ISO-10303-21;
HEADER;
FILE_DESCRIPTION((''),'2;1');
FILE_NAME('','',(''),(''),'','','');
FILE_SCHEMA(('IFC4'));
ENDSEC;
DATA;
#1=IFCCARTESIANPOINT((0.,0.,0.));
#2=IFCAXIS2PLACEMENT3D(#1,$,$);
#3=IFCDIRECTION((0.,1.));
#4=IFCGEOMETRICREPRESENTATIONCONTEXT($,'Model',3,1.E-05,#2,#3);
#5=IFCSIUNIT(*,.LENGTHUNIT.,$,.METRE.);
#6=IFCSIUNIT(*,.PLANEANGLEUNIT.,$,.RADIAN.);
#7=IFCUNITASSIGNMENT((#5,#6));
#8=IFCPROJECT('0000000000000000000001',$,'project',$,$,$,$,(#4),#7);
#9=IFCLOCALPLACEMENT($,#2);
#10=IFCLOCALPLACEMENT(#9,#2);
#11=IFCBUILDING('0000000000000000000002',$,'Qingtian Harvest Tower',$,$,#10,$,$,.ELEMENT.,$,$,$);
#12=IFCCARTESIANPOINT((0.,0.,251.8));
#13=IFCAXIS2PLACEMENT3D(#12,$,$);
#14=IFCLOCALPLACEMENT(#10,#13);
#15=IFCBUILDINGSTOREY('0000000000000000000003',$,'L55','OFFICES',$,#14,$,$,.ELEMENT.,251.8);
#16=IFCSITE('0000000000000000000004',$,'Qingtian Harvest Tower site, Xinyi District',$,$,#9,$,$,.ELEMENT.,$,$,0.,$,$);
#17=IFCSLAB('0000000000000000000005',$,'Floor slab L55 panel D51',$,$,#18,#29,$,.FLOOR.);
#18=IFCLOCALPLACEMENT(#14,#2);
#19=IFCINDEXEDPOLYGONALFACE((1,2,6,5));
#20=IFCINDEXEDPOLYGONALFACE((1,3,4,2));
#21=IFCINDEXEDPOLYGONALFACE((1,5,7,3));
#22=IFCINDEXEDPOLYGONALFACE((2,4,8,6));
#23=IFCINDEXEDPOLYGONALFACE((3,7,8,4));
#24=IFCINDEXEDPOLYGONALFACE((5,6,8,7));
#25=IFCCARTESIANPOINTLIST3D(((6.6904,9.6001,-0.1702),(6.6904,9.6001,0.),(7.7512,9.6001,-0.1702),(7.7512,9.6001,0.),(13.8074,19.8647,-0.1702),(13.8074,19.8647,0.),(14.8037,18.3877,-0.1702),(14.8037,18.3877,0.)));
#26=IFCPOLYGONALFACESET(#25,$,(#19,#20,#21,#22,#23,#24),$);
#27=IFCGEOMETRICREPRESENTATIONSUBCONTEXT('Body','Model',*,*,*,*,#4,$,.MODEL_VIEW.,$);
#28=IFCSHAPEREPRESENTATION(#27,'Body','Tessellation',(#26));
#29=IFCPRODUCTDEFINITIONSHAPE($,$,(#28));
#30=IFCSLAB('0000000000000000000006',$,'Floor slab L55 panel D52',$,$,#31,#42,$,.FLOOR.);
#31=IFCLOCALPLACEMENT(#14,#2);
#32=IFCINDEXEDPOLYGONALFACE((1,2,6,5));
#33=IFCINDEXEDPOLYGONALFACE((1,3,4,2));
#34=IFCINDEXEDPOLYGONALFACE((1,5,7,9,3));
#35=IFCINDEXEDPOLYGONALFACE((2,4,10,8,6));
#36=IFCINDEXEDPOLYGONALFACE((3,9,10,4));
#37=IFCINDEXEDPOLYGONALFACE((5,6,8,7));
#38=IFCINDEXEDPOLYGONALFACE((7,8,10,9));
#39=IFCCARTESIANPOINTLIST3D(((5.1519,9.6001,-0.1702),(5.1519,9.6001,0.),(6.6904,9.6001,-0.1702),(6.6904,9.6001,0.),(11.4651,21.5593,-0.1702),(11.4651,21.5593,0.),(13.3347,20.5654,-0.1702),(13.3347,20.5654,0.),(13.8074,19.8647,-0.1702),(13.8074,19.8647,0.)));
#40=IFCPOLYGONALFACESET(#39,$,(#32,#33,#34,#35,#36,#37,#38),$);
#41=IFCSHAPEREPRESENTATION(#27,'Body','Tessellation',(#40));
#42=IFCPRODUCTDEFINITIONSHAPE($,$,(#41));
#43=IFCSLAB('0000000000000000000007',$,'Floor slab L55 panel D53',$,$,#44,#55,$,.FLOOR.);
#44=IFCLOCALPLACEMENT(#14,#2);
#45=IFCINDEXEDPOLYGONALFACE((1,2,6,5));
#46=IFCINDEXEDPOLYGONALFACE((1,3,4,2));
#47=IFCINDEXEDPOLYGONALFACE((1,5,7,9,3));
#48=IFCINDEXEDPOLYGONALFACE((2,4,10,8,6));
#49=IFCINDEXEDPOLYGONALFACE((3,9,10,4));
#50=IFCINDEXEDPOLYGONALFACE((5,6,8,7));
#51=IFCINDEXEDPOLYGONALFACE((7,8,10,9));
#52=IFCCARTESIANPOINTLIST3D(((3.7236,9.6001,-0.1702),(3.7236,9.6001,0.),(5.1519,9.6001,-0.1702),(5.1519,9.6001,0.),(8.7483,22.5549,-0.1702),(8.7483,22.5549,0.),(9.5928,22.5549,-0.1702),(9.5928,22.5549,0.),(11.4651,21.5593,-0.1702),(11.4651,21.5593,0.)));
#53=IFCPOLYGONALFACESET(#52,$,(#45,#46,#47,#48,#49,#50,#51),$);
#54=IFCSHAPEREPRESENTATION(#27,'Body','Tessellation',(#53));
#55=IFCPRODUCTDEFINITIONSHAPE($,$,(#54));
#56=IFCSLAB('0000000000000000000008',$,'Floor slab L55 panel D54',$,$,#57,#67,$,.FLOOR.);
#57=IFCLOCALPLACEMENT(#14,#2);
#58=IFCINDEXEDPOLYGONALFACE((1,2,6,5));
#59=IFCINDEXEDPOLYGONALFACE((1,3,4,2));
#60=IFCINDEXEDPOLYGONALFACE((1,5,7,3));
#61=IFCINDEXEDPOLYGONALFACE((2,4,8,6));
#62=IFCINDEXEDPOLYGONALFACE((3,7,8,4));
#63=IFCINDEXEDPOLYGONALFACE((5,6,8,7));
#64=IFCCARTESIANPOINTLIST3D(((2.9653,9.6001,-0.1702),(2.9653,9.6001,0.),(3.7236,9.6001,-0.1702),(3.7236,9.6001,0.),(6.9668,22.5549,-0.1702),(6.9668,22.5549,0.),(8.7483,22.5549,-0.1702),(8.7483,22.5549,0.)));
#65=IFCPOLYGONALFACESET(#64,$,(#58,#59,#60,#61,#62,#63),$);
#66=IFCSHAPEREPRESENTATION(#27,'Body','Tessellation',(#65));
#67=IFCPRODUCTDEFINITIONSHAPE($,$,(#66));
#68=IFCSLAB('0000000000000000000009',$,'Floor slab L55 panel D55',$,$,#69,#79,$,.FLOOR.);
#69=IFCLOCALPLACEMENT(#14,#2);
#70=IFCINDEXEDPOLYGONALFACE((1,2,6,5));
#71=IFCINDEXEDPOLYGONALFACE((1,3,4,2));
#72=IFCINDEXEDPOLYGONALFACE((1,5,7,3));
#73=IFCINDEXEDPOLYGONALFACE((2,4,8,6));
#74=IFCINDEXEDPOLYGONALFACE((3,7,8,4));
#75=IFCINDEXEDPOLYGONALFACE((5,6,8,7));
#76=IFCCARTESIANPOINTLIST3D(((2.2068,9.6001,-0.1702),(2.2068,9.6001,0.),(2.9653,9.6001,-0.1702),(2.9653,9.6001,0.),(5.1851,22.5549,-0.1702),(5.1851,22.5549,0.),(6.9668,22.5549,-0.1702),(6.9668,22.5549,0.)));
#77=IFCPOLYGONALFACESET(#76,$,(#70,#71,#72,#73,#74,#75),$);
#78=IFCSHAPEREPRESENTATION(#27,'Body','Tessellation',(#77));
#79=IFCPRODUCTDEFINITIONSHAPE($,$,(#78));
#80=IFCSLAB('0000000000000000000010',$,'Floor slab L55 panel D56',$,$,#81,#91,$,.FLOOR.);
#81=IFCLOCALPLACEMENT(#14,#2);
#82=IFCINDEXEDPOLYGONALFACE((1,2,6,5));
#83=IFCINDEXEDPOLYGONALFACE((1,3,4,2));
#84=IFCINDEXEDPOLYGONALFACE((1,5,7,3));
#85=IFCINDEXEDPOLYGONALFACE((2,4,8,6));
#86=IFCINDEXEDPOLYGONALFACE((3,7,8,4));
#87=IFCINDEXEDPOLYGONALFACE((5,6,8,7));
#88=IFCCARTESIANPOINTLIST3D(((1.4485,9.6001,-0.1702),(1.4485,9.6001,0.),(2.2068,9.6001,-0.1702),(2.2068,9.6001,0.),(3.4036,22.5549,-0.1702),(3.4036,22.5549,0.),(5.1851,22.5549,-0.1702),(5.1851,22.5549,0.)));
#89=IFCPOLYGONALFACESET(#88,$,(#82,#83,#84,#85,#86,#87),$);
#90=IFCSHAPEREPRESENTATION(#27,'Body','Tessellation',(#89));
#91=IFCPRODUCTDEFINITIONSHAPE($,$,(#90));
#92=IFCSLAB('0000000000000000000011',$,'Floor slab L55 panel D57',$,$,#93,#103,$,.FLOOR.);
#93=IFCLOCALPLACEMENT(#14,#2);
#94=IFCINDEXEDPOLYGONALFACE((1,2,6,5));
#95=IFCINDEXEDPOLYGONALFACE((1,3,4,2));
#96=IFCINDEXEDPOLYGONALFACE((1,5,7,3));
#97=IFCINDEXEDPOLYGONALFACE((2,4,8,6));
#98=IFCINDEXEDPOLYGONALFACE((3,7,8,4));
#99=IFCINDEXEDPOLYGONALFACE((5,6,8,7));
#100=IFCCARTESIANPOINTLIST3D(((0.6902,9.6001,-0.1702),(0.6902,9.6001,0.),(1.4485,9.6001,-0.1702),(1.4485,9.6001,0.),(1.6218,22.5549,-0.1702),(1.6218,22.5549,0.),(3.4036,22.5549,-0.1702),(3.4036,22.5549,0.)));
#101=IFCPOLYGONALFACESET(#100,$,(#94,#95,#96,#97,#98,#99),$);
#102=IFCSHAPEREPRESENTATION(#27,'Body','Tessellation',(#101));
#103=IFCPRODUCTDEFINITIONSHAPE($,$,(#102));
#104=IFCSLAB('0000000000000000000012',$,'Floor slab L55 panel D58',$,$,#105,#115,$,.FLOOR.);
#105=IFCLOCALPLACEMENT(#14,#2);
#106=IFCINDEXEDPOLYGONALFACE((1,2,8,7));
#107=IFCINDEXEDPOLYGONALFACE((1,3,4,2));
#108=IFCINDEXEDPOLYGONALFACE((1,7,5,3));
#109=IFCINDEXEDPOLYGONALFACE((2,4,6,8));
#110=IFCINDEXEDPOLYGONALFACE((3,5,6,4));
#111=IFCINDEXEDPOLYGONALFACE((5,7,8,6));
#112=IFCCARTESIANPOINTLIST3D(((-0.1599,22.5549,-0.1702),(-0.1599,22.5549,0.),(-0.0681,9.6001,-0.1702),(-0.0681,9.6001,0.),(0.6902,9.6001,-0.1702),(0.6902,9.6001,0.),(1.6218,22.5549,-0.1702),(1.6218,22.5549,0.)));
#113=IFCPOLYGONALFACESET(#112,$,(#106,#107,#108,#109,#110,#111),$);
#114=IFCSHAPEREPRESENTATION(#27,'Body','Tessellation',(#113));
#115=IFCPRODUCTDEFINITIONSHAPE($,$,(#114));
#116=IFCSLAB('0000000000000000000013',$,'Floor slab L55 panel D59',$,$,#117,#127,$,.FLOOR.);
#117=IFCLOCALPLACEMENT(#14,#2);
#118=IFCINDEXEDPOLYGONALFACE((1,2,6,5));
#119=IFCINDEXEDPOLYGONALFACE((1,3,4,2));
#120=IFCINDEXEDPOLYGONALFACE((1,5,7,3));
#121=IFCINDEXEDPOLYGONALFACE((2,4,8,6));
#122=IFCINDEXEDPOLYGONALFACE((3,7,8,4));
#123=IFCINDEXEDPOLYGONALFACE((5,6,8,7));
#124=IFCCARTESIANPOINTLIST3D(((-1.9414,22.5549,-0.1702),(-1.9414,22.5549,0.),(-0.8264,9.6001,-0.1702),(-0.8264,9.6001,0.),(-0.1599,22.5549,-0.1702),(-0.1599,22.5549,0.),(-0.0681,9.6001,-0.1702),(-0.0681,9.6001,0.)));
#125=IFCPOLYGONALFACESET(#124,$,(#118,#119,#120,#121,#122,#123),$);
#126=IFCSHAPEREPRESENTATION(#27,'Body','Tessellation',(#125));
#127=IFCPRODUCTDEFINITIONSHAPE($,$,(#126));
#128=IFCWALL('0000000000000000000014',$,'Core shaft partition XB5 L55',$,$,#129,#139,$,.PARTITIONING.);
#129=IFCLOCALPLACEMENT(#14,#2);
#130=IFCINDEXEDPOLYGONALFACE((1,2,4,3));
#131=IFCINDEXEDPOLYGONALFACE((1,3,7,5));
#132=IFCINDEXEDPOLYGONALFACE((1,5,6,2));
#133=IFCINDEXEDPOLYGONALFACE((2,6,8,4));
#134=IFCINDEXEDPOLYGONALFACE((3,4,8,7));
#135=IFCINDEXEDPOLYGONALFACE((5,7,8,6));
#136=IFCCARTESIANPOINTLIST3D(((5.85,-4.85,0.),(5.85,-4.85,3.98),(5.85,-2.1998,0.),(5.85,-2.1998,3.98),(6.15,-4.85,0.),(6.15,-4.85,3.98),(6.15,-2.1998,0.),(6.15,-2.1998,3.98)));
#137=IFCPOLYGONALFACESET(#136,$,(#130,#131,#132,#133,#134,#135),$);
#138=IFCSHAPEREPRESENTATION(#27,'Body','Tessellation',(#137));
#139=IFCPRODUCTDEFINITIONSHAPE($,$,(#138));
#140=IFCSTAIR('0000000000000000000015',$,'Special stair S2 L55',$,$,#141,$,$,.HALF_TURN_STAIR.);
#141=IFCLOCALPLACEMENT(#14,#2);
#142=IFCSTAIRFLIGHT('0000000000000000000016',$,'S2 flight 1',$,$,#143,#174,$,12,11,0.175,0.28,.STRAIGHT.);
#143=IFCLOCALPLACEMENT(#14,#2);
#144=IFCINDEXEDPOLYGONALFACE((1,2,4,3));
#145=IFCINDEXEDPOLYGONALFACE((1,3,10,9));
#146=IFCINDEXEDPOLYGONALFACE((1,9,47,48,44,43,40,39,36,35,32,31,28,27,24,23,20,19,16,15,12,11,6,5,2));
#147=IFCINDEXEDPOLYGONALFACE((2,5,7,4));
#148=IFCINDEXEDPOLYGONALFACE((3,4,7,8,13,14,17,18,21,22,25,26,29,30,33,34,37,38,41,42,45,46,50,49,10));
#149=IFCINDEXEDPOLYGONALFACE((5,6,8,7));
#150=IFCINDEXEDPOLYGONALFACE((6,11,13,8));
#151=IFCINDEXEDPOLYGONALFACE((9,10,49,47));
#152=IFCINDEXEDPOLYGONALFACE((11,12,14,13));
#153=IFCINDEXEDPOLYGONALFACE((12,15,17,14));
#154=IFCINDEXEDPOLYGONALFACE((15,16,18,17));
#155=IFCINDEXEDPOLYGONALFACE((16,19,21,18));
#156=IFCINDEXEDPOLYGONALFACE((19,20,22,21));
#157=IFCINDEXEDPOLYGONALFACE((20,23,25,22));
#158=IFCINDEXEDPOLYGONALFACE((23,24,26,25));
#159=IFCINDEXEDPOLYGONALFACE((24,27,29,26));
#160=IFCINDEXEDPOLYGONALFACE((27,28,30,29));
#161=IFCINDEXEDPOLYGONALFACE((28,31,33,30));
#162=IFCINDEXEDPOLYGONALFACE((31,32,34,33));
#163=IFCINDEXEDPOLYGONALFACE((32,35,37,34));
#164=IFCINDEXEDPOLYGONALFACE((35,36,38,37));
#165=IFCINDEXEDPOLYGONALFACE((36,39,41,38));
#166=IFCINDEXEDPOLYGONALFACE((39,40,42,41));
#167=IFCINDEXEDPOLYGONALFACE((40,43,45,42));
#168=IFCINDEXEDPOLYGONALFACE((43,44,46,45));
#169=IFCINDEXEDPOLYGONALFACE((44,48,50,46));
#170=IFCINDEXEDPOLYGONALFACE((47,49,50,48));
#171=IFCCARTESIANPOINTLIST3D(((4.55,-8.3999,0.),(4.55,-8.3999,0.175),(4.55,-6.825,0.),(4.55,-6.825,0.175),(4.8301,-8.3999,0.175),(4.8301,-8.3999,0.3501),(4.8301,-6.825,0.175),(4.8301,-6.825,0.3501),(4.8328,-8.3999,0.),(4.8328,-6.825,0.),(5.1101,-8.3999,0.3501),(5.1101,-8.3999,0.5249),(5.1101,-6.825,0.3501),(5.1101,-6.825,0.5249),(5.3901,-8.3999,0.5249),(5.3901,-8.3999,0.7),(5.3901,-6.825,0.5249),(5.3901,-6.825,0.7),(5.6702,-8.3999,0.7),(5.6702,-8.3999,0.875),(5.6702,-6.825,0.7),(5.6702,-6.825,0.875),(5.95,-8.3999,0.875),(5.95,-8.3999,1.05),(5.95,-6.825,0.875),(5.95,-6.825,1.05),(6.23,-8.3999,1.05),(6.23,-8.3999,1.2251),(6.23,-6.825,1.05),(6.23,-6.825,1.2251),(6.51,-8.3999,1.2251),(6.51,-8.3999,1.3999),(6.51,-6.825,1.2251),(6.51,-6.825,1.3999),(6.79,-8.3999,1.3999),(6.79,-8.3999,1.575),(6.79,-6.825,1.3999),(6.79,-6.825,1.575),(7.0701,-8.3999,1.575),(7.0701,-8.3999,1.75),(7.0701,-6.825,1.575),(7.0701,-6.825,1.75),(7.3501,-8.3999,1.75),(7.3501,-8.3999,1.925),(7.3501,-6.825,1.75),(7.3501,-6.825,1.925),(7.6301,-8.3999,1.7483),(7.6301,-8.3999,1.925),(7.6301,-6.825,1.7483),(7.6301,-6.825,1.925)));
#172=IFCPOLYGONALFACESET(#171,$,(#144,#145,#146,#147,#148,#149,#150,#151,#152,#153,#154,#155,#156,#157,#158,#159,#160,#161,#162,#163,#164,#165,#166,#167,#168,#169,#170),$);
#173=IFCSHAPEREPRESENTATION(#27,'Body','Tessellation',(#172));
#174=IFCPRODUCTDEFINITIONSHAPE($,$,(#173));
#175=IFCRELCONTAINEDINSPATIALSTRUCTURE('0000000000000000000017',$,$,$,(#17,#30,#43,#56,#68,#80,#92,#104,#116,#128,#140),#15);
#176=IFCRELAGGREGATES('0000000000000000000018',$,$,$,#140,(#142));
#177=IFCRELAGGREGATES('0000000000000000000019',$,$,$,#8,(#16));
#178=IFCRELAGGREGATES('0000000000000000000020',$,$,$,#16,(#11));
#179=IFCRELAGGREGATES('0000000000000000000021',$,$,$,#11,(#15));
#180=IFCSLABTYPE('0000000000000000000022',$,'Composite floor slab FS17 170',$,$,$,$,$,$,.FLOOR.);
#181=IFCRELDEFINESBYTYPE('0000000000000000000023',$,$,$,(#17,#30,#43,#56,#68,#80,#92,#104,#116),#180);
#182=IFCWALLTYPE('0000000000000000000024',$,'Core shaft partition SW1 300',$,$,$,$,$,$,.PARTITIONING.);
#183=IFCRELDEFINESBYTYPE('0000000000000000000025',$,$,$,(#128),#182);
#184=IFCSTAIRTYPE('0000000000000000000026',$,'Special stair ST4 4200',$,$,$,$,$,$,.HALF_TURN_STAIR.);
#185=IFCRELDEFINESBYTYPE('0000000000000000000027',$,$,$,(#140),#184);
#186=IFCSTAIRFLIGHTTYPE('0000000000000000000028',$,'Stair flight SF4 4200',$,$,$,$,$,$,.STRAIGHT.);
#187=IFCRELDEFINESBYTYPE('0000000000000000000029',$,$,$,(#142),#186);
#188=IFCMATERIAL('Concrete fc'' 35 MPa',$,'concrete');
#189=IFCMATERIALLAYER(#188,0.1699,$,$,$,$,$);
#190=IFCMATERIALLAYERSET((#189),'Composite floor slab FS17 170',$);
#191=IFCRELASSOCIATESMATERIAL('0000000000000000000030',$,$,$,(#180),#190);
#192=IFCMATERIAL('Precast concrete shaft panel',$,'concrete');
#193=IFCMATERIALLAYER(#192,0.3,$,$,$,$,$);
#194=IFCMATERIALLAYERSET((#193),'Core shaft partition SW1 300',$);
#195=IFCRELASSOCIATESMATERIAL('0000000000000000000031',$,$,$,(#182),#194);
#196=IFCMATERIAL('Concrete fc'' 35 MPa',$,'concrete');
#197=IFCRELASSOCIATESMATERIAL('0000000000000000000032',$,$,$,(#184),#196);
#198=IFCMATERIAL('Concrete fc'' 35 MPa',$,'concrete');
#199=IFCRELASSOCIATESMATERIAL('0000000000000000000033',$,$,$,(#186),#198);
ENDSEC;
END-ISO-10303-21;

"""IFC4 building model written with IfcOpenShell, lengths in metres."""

from ifc_helpers import new_model, si_unit, direction, frame, frame_2d, origin, place, context, subcontext, project, spatial, polyline, rectangle, outline, extrude, material, layer, layer_set, type_object, element, aggregate, save


model = new_model("IFC4")

# Units and contexts
model_context = context("Model", 3, precision=1e-05, world=origin(), true_north=direction((0.0, 1.0)))
body_context = subcontext(model_context, "Body", "Model", "MODEL_VIEW")
ifc_project = project(units=[si_unit("LENGTHUNIT", "METRE"), si_unit("PLANEANGLEUNIT", "RADIAN")], contexts=[model_context])

# Site, building, storey
site_placement = place(None, origin())
site = spatial("IfcSite", under=ifc_project, at=site_placement, Name="Qingtian Harvest Tower site, Xinyi District", CompositionType="ELEMENT", RefElevation=0.0)
building_placement = place(site_placement, origin())
building = spatial("IfcBuilding", under=site, at=building_placement, Name="Qingtian Harvest Tower", CompositionType="ELEMENT")
storey_placement = place(building_placement, frame((0.0, 0.0, 251.8)))
storey = spatial("IfcBuildingStorey", under=building, at=storey_placement, Name="L55", Description="OFFICES", CompositionType="ELEMENT", Elevation=251.8)

# Slabs
ifc_material_1 = material(Name="Concrete fc' 35 MPa", Category="concrete")
ifc_layer_1 = layer(ifc_material_1, 0.1699)
ifc_layer_set_1 = layer_set([ifc_layer_1], Name="Composite floor slab FS17 170")
slab_type = type_object("IfcSlabType", Name="Composite floor slab FS17 170", PredefinedType="FLOOR", material=ifc_layer_set_1)
slab_1_placement = place(storey_placement, frame((0.0, 0.0, -0.1702)))
element("IfcSlab", 1, at=slab_1_placement, inside=storey, type_object=slab_type, Name="Floor slab L55 panel D51", PredefinedType="FLOOR", context=body_context, shape_type="SweptSolid", body=[
    extrude(outline(polyline([(6.6904, 9.6001), (13.8074, 19.8647), (14.8037, 18.3877), (7.7512, 9.6001), (6.6904, 9.6001)])), origin(), (0.0, 0.0, 1.0), 0.1702),
])
slab_2_placement = place(storey_placement, frame((0.0, 0.0, -0.1702)))
element("IfcSlab", 2, at=slab_2_placement, inside=storey, type_object=slab_type, Name="Floor slab L55 panel D52", PredefinedType="FLOOR", context=body_context, shape_type="SweptSolid", body=[
    extrude(outline(polyline([(6.6904, 9.6001), (5.1519, 9.6001), (11.4651, 21.5593), (13.3347, 20.5654), (13.8074, 19.8647), (6.6904, 9.6001)])), origin(), (0.0, 0.0, 1.0), 0.1702),
])
slab_3_placement = place(storey_placement, frame((0.0, 0.0, -0.1702)))
element("IfcSlab", 3, at=slab_3_placement, inside=storey, type_object=slab_type, Name="Floor slab L55 panel D53", PredefinedType="FLOOR", context=body_context, shape_type="SweptSolid", body=[
    extrude(outline(polyline([(3.7236, 9.6001), (8.7483, 22.5549), (9.5928, 22.5549), (11.4651, 21.5593), (5.1519, 9.6001), (3.7236, 9.6001)])), origin(), (0.0, 0.0, 1.0), 0.1702),
])
slab_4_placement = place(storey_placement, frame((0.0, 0.0, -0.1702)))
element("IfcSlab", 4, at=slab_4_placement, inside=storey, type_object=slab_type, Name="Floor slab L55 panel D54", PredefinedType="FLOOR", context=body_context, shape_type="SweptSolid", body=[
    extrude(outline(polyline([(2.9653, 9.6001), (6.9668, 22.5549), (8.7483, 22.5549), (3.7236, 9.6001), (2.9653, 9.6001)])), origin(), (0.0, 0.0, 1.0), 0.1702),
])
slab_5_placement = place(storey_placement, frame((0.0, 0.0, -0.1702)))
element("IfcSlab", 5, at=slab_5_placement, inside=storey, type_object=slab_type, Name="Floor slab L55 panel D55", PredefinedType="FLOOR", context=body_context, shape_type="SweptSolid", body=[
    extrude(outline(polyline([(2.2068, 9.6001), (5.1851, 22.5549), (6.9668, 22.5549), (2.9653, 9.6001), (2.2068, 9.6001)])), origin(), (0.0, 0.0, 1.0), 0.1702),
])
slab_6_placement = place(storey_placement, frame((0.0, 0.0, -0.1702)))
element("IfcSlab", 6, at=slab_6_placement, inside=storey, type_object=slab_type, Name="Floor slab L55 panel D56", PredefinedType="FLOOR", context=body_context, shape_type="SweptSolid", body=[
    extrude(outline(polyline([(1.4485, 9.6001), (3.4036, 22.5549), (5.1851, 22.5549), (2.2068, 9.6001), (1.4485, 9.6001)])), origin(), (0.0, 0.0, 1.0), 0.1702),
])
slab_7_placement = place(storey_placement, frame((0.0, 0.0, -0.1702)))
element("IfcSlab", 7, at=slab_7_placement, inside=storey, type_object=slab_type, Name="Floor slab L55 panel D57", PredefinedType="FLOOR", context=body_context, shape_type="SweptSolid", body=[
    extrude(outline(polyline([(0.6902, 9.6001), (1.6218, 22.5549), (3.4036, 22.5549), (1.4485, 9.6001), (0.6902, 9.6001)])), origin(), (0.0, 0.0, 1.0), 0.1702),
])
slab_8_placement = place(storey_placement, frame((0.0, 0.0, -0.1702)))
element("IfcSlab", 8, at=slab_8_placement, inside=storey, type_object=slab_type, Name="Floor slab L55 panel D58", PredefinedType="FLOOR", context=body_context, shape_type="SweptSolid", body=[
    extrude(outline(polyline([(-0.0681, 9.6001), (-0.1599, 22.5549), (1.6218, 22.5549), (0.6902, 9.6001), (-0.0681, 9.6001)])), origin(), (0.0, 0.0, 1.0), 0.1702),
])
slab_9_placement = place(storey_placement, frame((0.0, 0.0, -0.1702)))
element("IfcSlab", 9, at=slab_9_placement, inside=storey, type_object=slab_type, Name="Floor slab L55 panel D59", PredefinedType="FLOOR", context=body_context, shape_type="SweptSolid", body=[
    extrude(outline(polyline([(-0.8264, 9.6001), (-1.9414, 22.5549), (-0.1599, 22.5549), (-0.0681, 9.6001), (-0.8264, 9.6001)])), origin(), (0.0, 0.0, 1.0), 0.1702),
])

# Wall
ifc_material_2 = material(Name="Precast concrete shaft panel", Category="concrete")
ifc_layer_2 = layer(ifc_material_2, 0.3)
ifc_layer_set_2 = layer_set([ifc_layer_2], Name="Core shaft partition SW1 300")
wall_type = type_object("IfcWallType", Name="Core shaft partition SW1 300", PredefinedType="PARTITIONING", material=ifc_layer_set_2)
wall_placement = place(storey_placement, frame((6.0, -4.8501, 0.0), z_axis=(0.0, 0.0, 1.0), x_axis=(0.0, 1.0, 0.0)))
element("IfcWall", 10, at=wall_placement, inside=storey, type_object=wall_type, Name="Core shaft partition XB5 L55", PredefinedType="PARTITIONING", context=body_context, shape_type="SweptSolid", body=[
    extrude(rectangle(XDim=2.6501, YDim=0.3, at=frame_2d((1.3252, 0.0))), origin(), (0.0, 0.0, 1.0), 3.98),
])

# Stair, stair flight
ifc_material_3 = material(Name="Concrete fc' 35 MPa", Category="concrete")
stair_type = type_object("IfcStairType", Name="Special stair ST4 4200", PredefinedType="HALF_TURN_STAIR", material=ifc_material_3)
stair_placement = place(storey_placement, origin())
stair = element("IfcStair", 11, at=stair_placement, inside=storey, type_object=stair_type, Name="Special stair S2 L55", PredefinedType="HALF_TURN_STAIR")
ifc_material_4 = material(Name="Concrete fc' 35 MPa", Category="concrete")
stair_flight_type = type_object("IfcStairFlightType", Name="Stair flight SF4 4200", PredefinedType="STRAIGHT", material=ifc_material_4)
stair_flight_1_placement = place(storey_placement, frame((4.55, -7.6125, 0.0), z_axis=(0.0, 0.0, 1.0), x_axis=(1.0, 0.0, 0.0)))
stair_flight_1 = element("IfcStairFlight", 12, at=stair_flight_1_placement, type_object=stair_flight_type, Name="S2 flight 1", NumberOfRisers=12, NumberOfTreads=11, PredefinedType="STRAIGHT", RiserHeight=0.175, TreadLength=0.28, context=body_context, shape_type="SweptSolid", body=[
    extrude(outline(polyline([(0.0, 0.0), (0.0, 0.175), (0.28, 0.175), (0.28, 0.3501), (0.5601, 0.3501), (0.5601, 0.5249), (0.8401, 0.5249), (0.8401, 0.7), (1.1201, 0.7), (1.1201, 0.875), (1.3999, 0.875), (1.3999, 1.05), (1.6799, 1.05), (1.6799, 1.2251), (1.96, 1.2251), (1.96, 1.3999), (2.24, 1.3999), (2.24, 1.575), (2.52, 1.575), (2.52, 1.75), (2.8, 1.75), (2.8, 1.925), (3.0801, 1.925), (3.0801, 2.1001), (3.0801, 1.7483), (0.2827, 0.0), (0.0, 0.0)])), frame((0.0, 0.7876, 0.0), z_axis=(0.0, -1.0, 0.0), x_axis=(1.0, 0.0, 0.0)), (0.0, 0.0, 1.0), 1.575),
])
aggregate(stair, [stair_flight_1])

save(model, "model.ifc")
